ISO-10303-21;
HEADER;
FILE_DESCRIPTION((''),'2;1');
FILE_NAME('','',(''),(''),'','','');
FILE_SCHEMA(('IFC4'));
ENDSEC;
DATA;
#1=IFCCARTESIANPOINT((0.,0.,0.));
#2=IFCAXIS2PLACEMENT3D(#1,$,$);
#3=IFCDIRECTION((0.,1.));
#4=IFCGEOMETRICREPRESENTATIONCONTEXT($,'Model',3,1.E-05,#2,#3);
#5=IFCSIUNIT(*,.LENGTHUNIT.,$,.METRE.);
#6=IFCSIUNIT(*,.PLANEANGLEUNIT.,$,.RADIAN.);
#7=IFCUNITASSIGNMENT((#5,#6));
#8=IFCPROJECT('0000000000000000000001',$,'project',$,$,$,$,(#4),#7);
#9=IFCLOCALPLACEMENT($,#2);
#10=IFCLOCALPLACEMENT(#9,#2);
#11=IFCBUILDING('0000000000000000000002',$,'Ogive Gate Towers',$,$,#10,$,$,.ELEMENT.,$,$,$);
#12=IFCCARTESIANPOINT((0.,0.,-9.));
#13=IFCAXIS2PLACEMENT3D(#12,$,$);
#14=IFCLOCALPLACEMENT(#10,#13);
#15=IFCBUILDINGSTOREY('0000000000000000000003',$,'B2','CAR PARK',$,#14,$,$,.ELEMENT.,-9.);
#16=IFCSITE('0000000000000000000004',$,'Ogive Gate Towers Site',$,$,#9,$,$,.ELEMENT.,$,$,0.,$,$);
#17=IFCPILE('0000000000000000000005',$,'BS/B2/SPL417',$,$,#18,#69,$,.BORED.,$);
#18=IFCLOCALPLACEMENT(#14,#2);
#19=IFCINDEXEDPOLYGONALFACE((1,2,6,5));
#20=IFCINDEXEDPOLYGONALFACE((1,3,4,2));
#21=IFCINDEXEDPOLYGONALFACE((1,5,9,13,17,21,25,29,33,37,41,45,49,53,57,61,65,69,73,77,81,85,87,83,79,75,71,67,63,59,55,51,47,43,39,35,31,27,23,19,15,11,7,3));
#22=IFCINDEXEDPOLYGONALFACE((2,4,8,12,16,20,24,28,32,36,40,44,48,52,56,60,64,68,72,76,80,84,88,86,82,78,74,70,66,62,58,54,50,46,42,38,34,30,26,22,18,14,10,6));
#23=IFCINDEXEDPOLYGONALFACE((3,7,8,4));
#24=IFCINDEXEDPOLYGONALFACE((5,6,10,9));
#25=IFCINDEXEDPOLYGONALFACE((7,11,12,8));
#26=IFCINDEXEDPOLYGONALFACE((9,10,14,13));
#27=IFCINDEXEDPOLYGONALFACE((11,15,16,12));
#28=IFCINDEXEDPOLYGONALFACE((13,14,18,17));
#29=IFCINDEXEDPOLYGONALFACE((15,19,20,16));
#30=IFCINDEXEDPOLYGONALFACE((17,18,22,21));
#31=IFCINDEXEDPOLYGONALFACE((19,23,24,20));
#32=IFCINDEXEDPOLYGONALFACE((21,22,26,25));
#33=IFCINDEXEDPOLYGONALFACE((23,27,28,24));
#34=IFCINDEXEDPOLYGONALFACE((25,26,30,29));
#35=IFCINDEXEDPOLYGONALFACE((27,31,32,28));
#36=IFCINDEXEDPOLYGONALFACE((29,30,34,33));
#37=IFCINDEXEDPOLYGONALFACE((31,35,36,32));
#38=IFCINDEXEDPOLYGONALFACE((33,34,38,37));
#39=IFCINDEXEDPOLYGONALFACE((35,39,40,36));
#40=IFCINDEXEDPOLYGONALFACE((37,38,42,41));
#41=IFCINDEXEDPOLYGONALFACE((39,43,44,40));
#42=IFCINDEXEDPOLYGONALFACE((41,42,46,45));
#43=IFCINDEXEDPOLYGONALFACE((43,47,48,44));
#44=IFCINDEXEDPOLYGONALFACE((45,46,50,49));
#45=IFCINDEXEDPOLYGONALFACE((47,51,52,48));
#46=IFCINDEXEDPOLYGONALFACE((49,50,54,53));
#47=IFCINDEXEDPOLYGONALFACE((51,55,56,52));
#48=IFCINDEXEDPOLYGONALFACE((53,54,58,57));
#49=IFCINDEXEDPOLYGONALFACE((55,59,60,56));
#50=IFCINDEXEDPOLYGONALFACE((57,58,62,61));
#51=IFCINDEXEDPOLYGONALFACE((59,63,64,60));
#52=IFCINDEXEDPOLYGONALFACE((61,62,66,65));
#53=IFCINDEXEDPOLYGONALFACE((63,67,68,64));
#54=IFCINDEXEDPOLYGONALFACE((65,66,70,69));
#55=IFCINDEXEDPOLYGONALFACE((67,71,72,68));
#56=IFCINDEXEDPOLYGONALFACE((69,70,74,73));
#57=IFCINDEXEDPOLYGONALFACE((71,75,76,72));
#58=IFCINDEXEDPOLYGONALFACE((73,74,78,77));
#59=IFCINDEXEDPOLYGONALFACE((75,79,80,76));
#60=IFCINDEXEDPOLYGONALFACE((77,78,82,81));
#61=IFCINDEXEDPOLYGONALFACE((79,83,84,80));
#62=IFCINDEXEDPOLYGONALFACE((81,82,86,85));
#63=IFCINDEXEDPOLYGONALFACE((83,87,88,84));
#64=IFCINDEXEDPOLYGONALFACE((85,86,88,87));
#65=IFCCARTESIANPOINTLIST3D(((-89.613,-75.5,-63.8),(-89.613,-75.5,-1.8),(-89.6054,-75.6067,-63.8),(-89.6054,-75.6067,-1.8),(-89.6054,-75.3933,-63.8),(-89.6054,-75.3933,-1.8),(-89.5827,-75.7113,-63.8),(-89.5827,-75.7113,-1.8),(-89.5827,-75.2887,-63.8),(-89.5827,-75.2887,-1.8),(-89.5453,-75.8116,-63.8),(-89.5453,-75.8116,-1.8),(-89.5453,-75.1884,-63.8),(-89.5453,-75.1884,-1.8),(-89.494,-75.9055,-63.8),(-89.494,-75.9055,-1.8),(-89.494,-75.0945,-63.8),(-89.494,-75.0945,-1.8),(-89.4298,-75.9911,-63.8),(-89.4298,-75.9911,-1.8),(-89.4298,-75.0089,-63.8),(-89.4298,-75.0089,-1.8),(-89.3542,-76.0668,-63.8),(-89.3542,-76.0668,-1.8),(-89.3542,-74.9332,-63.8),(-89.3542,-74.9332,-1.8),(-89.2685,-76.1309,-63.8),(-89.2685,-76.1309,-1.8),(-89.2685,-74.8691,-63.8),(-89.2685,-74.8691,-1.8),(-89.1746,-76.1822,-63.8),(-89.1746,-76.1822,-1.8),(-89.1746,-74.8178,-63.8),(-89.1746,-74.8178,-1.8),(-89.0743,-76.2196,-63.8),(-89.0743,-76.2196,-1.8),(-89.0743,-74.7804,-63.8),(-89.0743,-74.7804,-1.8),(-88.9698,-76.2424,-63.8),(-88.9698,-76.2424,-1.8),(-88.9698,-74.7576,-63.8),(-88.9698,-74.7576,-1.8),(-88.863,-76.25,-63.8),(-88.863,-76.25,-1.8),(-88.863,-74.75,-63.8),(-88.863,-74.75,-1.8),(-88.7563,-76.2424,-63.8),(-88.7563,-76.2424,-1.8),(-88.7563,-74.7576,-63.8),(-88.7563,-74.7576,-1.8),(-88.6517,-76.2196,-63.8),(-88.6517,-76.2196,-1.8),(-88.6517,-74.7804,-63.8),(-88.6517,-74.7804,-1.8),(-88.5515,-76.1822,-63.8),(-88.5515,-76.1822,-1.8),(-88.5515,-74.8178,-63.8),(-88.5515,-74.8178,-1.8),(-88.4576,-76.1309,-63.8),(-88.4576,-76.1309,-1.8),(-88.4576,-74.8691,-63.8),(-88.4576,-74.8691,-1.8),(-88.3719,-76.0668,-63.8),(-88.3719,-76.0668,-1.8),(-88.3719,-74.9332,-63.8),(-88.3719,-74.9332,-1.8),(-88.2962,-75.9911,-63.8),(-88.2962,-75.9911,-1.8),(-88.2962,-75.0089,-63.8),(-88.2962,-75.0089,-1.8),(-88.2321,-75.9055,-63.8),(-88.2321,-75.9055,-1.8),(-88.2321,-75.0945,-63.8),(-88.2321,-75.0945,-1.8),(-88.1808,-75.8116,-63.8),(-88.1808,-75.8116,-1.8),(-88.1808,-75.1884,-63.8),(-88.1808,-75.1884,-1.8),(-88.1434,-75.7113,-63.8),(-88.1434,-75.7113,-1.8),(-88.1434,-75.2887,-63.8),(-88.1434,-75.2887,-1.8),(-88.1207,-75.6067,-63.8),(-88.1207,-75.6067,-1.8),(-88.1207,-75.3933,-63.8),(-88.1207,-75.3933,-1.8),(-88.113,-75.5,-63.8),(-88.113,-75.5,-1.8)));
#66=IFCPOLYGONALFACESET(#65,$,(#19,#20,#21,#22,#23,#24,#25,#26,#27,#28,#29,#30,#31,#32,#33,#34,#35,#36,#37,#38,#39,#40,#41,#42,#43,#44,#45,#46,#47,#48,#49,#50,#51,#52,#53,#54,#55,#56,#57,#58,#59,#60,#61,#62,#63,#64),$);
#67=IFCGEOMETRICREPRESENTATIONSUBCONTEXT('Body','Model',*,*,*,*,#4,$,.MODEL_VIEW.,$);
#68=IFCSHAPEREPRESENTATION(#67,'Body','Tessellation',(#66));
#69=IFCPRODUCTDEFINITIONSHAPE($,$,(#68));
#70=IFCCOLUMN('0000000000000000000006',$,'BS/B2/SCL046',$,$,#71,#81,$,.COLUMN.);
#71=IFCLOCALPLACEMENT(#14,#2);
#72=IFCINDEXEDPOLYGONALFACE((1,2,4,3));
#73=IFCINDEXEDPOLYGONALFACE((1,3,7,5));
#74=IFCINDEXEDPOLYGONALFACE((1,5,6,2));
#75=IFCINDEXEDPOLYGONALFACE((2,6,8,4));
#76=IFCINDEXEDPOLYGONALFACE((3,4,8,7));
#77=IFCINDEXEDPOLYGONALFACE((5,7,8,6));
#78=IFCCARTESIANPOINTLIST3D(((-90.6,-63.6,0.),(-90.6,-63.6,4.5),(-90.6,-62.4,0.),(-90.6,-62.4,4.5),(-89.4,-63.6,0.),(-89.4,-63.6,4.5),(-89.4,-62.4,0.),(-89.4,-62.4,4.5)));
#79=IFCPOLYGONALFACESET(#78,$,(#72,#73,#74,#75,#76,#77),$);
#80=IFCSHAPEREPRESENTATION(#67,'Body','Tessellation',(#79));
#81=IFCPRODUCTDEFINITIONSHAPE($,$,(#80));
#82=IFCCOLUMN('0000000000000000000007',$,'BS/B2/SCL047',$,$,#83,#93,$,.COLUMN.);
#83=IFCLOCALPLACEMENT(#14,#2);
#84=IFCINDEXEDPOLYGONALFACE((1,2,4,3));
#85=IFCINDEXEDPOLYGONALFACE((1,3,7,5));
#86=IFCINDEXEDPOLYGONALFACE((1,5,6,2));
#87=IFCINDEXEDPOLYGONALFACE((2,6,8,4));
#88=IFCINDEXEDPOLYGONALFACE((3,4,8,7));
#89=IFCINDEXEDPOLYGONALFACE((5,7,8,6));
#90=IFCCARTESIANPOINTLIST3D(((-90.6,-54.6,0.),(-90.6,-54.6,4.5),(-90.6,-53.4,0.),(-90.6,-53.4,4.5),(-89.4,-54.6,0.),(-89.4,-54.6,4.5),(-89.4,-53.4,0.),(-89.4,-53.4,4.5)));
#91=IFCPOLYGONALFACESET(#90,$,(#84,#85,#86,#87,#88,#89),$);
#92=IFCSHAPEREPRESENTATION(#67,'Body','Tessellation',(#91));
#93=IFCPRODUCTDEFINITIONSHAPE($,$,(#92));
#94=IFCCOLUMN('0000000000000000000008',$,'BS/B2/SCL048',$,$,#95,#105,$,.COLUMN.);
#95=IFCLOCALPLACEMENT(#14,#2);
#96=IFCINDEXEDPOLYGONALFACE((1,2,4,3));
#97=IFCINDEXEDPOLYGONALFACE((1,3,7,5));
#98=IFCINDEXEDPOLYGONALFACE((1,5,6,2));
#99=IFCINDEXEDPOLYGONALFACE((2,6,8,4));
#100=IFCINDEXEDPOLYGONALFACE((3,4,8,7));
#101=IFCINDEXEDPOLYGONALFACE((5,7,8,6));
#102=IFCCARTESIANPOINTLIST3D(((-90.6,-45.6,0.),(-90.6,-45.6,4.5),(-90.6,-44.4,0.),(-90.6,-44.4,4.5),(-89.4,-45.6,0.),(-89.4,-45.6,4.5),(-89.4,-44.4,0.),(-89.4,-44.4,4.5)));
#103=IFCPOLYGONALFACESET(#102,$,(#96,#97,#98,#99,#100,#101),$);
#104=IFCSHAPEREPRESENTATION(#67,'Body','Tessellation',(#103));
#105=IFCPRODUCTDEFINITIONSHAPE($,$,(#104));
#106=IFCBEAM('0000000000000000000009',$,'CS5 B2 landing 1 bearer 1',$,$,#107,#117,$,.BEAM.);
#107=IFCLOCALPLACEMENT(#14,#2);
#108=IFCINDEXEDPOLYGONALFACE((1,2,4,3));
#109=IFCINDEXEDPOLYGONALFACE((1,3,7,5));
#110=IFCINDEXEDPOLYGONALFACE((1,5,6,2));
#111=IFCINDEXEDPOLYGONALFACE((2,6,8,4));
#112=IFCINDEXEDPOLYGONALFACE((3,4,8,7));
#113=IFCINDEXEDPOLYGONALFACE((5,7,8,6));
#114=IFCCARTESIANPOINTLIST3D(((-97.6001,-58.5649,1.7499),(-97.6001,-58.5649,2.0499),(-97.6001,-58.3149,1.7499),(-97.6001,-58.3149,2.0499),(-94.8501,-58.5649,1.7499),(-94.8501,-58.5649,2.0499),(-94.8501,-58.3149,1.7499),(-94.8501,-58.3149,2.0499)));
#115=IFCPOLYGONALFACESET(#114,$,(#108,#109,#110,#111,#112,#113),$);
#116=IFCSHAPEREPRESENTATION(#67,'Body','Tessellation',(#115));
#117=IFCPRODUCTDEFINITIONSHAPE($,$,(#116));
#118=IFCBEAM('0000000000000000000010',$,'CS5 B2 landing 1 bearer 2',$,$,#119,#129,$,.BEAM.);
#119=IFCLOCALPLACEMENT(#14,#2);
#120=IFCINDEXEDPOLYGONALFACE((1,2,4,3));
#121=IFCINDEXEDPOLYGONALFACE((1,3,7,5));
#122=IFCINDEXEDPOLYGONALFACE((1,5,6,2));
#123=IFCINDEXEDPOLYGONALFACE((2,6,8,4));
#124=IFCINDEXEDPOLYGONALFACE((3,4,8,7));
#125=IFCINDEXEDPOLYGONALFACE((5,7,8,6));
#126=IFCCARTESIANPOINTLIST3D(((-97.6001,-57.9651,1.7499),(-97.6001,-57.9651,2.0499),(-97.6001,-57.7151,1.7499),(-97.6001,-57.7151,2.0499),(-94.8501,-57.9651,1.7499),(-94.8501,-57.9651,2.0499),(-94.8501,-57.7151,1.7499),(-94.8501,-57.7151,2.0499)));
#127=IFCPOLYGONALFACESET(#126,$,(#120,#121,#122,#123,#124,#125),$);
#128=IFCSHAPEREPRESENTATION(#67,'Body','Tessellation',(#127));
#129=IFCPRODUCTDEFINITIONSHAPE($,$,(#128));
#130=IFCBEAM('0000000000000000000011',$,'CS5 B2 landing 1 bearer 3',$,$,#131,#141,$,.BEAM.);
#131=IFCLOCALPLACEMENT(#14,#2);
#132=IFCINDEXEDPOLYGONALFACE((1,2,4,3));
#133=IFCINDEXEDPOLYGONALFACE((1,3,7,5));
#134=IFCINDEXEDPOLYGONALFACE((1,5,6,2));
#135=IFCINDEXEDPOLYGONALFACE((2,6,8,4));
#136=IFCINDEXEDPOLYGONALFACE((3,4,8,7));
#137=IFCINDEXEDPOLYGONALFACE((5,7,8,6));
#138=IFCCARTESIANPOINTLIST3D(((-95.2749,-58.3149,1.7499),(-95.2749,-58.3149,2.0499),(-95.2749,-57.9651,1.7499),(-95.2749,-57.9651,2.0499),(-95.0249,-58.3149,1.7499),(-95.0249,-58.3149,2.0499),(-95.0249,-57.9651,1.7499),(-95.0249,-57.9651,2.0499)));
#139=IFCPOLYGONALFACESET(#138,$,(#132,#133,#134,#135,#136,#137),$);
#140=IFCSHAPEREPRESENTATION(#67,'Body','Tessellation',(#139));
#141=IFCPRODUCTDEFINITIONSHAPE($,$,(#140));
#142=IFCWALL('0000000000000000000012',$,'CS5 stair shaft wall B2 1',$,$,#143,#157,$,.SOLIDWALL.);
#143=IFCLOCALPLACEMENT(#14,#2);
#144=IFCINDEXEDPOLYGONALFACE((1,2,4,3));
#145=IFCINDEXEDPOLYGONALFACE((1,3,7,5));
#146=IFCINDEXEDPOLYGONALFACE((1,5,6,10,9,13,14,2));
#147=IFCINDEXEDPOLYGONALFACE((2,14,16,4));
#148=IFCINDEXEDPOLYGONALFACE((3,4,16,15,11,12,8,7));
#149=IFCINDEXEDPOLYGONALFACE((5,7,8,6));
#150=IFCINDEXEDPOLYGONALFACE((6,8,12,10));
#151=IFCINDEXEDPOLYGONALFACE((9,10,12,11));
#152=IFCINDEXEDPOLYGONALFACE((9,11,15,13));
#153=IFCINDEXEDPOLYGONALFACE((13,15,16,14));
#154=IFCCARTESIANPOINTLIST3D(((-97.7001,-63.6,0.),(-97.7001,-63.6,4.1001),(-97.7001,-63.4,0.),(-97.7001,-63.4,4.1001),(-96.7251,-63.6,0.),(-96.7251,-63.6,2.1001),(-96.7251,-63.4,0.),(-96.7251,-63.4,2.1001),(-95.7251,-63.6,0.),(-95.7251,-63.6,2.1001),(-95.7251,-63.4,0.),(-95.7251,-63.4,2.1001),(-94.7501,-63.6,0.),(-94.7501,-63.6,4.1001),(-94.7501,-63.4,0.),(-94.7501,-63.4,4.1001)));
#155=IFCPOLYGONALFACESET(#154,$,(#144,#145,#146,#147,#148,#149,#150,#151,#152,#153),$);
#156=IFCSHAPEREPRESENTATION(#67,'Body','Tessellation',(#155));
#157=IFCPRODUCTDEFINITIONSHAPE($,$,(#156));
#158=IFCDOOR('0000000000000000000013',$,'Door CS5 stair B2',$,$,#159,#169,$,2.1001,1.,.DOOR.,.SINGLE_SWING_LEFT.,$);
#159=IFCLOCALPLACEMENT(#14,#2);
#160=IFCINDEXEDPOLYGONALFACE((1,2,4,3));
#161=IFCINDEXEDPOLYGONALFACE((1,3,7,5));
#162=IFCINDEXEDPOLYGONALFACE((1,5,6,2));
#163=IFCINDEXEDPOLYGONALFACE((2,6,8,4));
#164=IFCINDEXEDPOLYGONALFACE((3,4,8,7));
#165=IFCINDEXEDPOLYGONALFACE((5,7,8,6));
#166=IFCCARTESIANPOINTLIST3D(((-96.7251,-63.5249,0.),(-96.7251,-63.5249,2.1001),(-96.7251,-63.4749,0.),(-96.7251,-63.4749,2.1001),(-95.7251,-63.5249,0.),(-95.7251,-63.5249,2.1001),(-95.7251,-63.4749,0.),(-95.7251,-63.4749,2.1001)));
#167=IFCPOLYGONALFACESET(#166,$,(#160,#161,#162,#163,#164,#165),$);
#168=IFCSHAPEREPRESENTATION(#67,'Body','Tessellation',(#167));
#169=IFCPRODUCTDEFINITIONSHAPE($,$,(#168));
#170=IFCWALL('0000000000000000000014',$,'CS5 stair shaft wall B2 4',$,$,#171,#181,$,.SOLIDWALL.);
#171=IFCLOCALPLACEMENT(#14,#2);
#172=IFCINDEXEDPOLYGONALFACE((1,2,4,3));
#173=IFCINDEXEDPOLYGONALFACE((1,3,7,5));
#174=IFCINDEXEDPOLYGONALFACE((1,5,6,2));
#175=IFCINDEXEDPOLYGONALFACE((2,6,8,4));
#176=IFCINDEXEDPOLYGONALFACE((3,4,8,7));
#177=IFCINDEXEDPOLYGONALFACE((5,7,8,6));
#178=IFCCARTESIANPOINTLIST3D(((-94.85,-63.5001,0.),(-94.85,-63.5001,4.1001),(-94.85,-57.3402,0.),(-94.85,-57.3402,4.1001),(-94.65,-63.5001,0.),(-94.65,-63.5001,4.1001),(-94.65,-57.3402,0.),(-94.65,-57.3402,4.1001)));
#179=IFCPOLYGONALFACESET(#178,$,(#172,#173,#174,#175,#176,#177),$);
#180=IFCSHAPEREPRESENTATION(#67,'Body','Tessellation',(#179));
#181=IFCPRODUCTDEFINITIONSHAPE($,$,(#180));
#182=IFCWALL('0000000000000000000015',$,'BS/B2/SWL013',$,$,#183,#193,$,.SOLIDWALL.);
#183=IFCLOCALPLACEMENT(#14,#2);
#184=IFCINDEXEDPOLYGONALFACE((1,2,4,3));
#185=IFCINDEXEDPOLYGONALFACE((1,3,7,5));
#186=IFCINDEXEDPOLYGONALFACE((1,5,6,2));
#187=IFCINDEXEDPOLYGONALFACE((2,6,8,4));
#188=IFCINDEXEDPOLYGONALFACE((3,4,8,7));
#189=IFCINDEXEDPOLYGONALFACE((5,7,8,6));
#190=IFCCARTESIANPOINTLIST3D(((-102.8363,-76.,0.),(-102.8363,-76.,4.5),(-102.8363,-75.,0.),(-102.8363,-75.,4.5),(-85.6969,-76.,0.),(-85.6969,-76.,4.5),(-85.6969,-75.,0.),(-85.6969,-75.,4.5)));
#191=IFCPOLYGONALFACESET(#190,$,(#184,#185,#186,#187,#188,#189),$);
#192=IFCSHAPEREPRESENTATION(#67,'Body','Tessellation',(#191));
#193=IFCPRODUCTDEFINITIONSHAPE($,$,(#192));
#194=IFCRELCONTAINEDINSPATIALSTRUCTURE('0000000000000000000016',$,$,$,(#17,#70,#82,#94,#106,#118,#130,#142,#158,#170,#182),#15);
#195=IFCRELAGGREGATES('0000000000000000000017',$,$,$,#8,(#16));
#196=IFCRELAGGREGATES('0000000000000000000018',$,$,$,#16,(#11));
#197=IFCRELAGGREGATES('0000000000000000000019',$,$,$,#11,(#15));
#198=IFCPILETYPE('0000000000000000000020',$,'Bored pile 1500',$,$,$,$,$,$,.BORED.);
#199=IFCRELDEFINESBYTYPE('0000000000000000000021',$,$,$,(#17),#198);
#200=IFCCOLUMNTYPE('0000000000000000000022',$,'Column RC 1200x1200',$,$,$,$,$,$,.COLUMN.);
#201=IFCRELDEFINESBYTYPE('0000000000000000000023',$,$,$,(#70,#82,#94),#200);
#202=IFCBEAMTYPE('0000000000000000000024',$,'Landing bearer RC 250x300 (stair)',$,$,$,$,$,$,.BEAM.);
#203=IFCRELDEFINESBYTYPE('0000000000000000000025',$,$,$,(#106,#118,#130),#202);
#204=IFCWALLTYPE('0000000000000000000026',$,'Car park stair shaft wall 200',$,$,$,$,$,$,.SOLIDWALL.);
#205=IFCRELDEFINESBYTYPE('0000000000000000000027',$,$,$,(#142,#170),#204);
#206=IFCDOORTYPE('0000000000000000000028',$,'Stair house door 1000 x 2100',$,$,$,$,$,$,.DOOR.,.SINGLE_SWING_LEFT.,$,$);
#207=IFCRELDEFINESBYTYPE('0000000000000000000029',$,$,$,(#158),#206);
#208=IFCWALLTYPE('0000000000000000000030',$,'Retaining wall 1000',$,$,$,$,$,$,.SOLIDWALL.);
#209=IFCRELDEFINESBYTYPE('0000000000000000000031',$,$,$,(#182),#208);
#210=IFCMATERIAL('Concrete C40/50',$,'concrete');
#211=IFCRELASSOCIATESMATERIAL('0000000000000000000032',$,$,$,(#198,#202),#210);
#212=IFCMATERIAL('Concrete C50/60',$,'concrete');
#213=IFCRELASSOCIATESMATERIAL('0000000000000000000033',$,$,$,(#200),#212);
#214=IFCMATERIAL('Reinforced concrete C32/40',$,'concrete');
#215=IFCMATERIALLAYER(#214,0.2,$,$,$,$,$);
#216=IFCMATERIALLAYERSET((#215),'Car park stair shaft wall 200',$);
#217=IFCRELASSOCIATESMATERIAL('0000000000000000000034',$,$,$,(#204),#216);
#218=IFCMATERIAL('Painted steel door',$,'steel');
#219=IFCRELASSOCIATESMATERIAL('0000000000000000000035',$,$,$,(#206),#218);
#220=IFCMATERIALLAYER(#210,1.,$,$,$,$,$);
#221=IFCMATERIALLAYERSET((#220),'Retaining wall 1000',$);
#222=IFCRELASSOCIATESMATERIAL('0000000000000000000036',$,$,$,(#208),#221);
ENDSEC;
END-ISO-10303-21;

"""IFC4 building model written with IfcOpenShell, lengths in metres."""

from ifc_helpers import new_model, si_unit, direction, frame, frame_2d, origin, origin_2d, place, context, subcontext, project, spatial, rectangle, circle, extrude, material, layer, layer_set, material_profile, profile_set, type_object, element, fill, save


model = new_model("IFC4")

# Units and contexts
model_context = context("Model", 3, precision=1e-05, world=origin(), true_north=direction((0.0, 1.0)))
body_context = subcontext(model_context, "Body", "Model", "MODEL_VIEW")
ifc_project = project(units=[si_unit("LENGTHUNIT", "METRE"), si_unit("PLANEANGLEUNIT", "RADIAN")], contexts=[model_context])

# Site, building, storey
site_placement = place(None, origin())
site = spatial("IfcSite", under=ifc_project, at=site_placement, Name="Ogive Gate Towers Site", CompositionType="ELEMENT", RefElevation=0.0)
building_placement = place(site_placement, origin())
building = spatial("IfcBuilding", under=site, at=building_placement, Name="Ogive Gate Towers", CompositionType="ELEMENT")
storey_placement = place(building_placement, frame((0.0, 0.0, -9.0)))
storey = spatial("IfcBuildingStorey", under=building, at=storey_placement, Name="B2", Description="CAR PARK", CompositionType="ELEMENT", Elevation=-9.0)

# Pile
ifc_material_1 = material(Name="Concrete C40/50", Category="concrete")
ifc_material_profile_1 = material_profile(ifc_material_1, circle(Radius=0.75, at=origin_2d()), Name="BP 1500")
ifc_profile_set_1 = profile_set([ifc_material_profile_1], Name="Concrete C40/50")
pile_type = type_object("IfcPileType", Name="Bored pile 1500", PredefinedType="BORED", material=ifc_profile_set_1)
for number, where, z_axis, x_axis, name in (
    (1, (-88.863, -75.5, -1.8), (0.0, 0.0, -1.0), (1.0, 0.0, 0.0), "BS/B2/SPL417"),
):
    element("IfcPile", number, at=place(storey_placement, frame(where, z_axis=z_axis, x_axis=x_axis)), inside=storey, type_object=pile_type, Name=name, PredefinedType="BORED", context=body_context, shape_type="SweptSolid", body=[
        extrude(circle(Radius=0.75, at=origin_2d()), origin(), (0.0, 0.0, 1.0), 62.0),
    ])

# Columns
ifc_material_2 = material(Name="Concrete C50/60", Category="concrete")
ifc_material_profile_2 = material_profile(ifc_material_2, rectangle(XDim=1.2, YDim=1.2, at=origin_2d()), Name="RC 1200x1200")
ifc_profile_set_2 = profile_set([ifc_material_profile_2], Name="Concrete C50/60")
column_type = type_object("IfcColumnType", Name="Column RC 1200x1200", PredefinedType="COLUMN", material=ifc_profile_set_2)
for number, where, z_axis, x_axis, name in (
    (2, (-90.0, -63.0, 0.0), (0.0, 0.0, 1.0), (1.0, 0.0, 0.0), "BS/B2/SCL046"),
    (3, (-90.0, -54.0, 0.0), (0.0, 0.0, 1.0), (1.0, 0.0, 0.0), "BS/B2/SCL047"),
    (4, (-90.0, -45.0, 0.0), (0.0, 0.0, 1.0), (1.0, 0.0, 0.0), "BS/B2/SCL048"),
):
    element("IfcColumn", number, at=place(storey_placement, frame(where, z_axis=z_axis, x_axis=x_axis)), inside=storey, type_object=column_type, Name=name, PredefinedType="COLUMN", context=body_context, shape_type="SweptSolid", body=[
        extrude(rectangle(XDim=1.2, YDim=1.2, at=origin_2d()), origin(), (0.0, 0.0, 1.0), 4.5),
    ])

# Beams
ifc_material_profile_3 = material_profile(ifc_material_1, rectangle(XDim=0.25, YDim=0.3, at=origin_2d()), Name="RC 250x300")
ifc_profile_set_3 = profile_set([ifc_material_profile_3], Name="Concrete C40/50")
beam_type = type_object("IfcBeamType", Name="Landing bearer RC 250x300 (stair)", PredefinedType="BEAM", material=ifc_profile_set_3)
for number, where, z_axis, x_axis, name in (
    (5, (-94.8501, -58.4399, 1.8999), (-1.0, 0.0, 0.0), (0.0, -1.0, 0.0), "CS5 B2 landing 1 bearer 1"),
    (6, (-94.8501, -57.8401, 1.8999), (-1.0, 0.0, 0.0), (0.0, -1.0, 0.0), "CS5 B2 landing 1 bearer 2"),
):
    element("IfcBeam", number, at=place(storey_placement, frame(where, z_axis=z_axis, x_axis=x_axis)), inside=storey, type_object=beam_type, Name=name, PredefinedType="BEAM", context=body_context, shape_type="SweptSolid", body=[
        extrude(rectangle(XDim=0.25, YDim=0.3, at=origin_2d()), origin(), (0.0, 0.0, 1.0), 2.75),
    ])
beam_placement = place(storey_placement, frame((-95.1499, -58.3149, 1.8999), z_axis=(0.0, 1.0, 0.0), x_axis=(-1.0, 0.0, 0.0)))
element("IfcBeam", 7, at=beam_placement, inside=storey, type_object=beam_type, Name="CS5 B2 landing 1 bearer 3", PredefinedType="BEAM", context=body_context, shape_type="SweptSolid", body=[
    extrude(rectangle(XDim=0.25, YDim=0.3, at=origin_2d()), origin(), (0.0, 0.0, 1.0), 0.3499),
])

# Wall, opening, door
ifc_material_3 = material(Name="Reinforced concrete C32/40", Category="concrete")
ifc_layer_1 = layer(ifc_material_3, 0.2)
ifc_layer_set_1 = layer_set([ifc_layer_1], Name="Car park stair shaft wall 200")
wall_type_1 = type_object("IfcWallType", Name="Car park stair shaft wall 200", PredefinedType="SOLIDWALL", material=ifc_layer_set_1)
wall_1_placement = place(storey_placement, frame((-94.75, -63.5, 0.0), z_axis=(0.0, 0.0, 1.0), x_axis=(-1.0, 0.0, 0.0)))
wall_1 = element("IfcWall", 8, at=wall_1_placement, inside=storey, type_object=wall_type_1, Name="CS5 stair shaft wall B2 1", PredefinedType="SOLIDWALL", context=body_context, shape_type="SweptSolid", body=[
    extrude(rectangle(XDim=2.95, YDim=0.2, at=frame_2d((1.4751, 0.0))), origin(), (0.0, 0.0, 1.0), 4.1001),
])
opening_placement = place(wall_1_placement, frame((0.9751, 0.0, 0.0)))
opening = element("IfcOpeningElement", 9, at=opening_placement, cuts=wall_1, PredefinedType="OPENING", context=body_context, shape_type="SweptSolid", body=[
    extrude(rectangle(XDim=1.0, YDim=2.1001, at=frame_2d((0.5, 1.05))), frame((0.0, 0.1099, 0.0), z_axis=(0.0, -1.0, 0.0), x_axis=(1.0, 0.0, 0.0)), (0.0, 0.0, 1.0), 0.22),
])
ifc_material_4 = material(Name="Painted steel door", Category="steel")
door_type = type_object("IfcDoorType", Name="Stair house door 1000 x 2100", OperationType="SINGLE_SWING_LEFT", PredefinedType="DOOR", material=ifc_material_4)
door_placement = place(opening_placement, origin())
door = element("IfcDoor", 10, at=door_placement, inside=storey, type_object=door_type, Name="Door CS5 stair B2", OperationType="SINGLE_SWING_LEFT", OverallHeight=2.1001, OverallWidth=1.0, PredefinedType="DOOR", context=body_context, shape_type="SweptSolid", body=[
    extrude(rectangle(XDim=1.0, YDim=2.1001, at=frame_2d((0.5, 1.05))), frame((0.0, 0.0249, 0.0), z_axis=(0.0, -1.0, 0.0), x_axis=(1.0, 0.0, 0.0)), (0.0, 0.0, 1.0), 0.05),
])
fill(opening, door)

# Walls
wall_2_placement = place(storey_placement, frame((-94.75, -57.3401, 0.0), z_axis=(0.0, 0.0, 1.0), x_axis=(0.0, -1.0, 0.0)))
element("IfcWall", 11, at=wall_2_placement, inside=storey, type_object=wall_type_1, Name="CS5 stair shaft wall B2 4", PredefinedType="SOLIDWALL", context=body_context, shape_type="SweptSolid", body=[
    extrude(rectangle(XDim=6.1599, YDim=0.2, at=frame_2d((3.0801, 0.0))), origin(), (0.0, 0.0, 1.0), 4.1001),
])
ifc_layer_2 = layer(ifc_material_1, 1.0)
ifc_layer_set_2 = layer_set([ifc_layer_2], Name="Retaining wall 1000")
wall_type_2 = type_object("IfcWallType", Name="Retaining wall 1000", PredefinedType="SOLIDWALL", material=ifc_layer_set_2)
wall_3_placement = place(storey_placement, frame((-85.6968, -75.5, 0.0), z_axis=(0.0, 0.0, 1.0), x_axis=(-1.0, 0.0, 0.0)))
element("IfcWall", 12, at=wall_3_placement, inside=storey, type_object=wall_type_2, Name="BS/B2/SWL013", PredefinedType="SOLIDWALL", context=body_context, shape_type="SweptSolid", body=[
    extrude(rectangle(XDim=17.1394, YDim=1.0, at=frame_2d((8.5698, 0.0))), origin(), (0.0, 0.0, 1.0), 4.5),
])

save(model, "model.ifc")
